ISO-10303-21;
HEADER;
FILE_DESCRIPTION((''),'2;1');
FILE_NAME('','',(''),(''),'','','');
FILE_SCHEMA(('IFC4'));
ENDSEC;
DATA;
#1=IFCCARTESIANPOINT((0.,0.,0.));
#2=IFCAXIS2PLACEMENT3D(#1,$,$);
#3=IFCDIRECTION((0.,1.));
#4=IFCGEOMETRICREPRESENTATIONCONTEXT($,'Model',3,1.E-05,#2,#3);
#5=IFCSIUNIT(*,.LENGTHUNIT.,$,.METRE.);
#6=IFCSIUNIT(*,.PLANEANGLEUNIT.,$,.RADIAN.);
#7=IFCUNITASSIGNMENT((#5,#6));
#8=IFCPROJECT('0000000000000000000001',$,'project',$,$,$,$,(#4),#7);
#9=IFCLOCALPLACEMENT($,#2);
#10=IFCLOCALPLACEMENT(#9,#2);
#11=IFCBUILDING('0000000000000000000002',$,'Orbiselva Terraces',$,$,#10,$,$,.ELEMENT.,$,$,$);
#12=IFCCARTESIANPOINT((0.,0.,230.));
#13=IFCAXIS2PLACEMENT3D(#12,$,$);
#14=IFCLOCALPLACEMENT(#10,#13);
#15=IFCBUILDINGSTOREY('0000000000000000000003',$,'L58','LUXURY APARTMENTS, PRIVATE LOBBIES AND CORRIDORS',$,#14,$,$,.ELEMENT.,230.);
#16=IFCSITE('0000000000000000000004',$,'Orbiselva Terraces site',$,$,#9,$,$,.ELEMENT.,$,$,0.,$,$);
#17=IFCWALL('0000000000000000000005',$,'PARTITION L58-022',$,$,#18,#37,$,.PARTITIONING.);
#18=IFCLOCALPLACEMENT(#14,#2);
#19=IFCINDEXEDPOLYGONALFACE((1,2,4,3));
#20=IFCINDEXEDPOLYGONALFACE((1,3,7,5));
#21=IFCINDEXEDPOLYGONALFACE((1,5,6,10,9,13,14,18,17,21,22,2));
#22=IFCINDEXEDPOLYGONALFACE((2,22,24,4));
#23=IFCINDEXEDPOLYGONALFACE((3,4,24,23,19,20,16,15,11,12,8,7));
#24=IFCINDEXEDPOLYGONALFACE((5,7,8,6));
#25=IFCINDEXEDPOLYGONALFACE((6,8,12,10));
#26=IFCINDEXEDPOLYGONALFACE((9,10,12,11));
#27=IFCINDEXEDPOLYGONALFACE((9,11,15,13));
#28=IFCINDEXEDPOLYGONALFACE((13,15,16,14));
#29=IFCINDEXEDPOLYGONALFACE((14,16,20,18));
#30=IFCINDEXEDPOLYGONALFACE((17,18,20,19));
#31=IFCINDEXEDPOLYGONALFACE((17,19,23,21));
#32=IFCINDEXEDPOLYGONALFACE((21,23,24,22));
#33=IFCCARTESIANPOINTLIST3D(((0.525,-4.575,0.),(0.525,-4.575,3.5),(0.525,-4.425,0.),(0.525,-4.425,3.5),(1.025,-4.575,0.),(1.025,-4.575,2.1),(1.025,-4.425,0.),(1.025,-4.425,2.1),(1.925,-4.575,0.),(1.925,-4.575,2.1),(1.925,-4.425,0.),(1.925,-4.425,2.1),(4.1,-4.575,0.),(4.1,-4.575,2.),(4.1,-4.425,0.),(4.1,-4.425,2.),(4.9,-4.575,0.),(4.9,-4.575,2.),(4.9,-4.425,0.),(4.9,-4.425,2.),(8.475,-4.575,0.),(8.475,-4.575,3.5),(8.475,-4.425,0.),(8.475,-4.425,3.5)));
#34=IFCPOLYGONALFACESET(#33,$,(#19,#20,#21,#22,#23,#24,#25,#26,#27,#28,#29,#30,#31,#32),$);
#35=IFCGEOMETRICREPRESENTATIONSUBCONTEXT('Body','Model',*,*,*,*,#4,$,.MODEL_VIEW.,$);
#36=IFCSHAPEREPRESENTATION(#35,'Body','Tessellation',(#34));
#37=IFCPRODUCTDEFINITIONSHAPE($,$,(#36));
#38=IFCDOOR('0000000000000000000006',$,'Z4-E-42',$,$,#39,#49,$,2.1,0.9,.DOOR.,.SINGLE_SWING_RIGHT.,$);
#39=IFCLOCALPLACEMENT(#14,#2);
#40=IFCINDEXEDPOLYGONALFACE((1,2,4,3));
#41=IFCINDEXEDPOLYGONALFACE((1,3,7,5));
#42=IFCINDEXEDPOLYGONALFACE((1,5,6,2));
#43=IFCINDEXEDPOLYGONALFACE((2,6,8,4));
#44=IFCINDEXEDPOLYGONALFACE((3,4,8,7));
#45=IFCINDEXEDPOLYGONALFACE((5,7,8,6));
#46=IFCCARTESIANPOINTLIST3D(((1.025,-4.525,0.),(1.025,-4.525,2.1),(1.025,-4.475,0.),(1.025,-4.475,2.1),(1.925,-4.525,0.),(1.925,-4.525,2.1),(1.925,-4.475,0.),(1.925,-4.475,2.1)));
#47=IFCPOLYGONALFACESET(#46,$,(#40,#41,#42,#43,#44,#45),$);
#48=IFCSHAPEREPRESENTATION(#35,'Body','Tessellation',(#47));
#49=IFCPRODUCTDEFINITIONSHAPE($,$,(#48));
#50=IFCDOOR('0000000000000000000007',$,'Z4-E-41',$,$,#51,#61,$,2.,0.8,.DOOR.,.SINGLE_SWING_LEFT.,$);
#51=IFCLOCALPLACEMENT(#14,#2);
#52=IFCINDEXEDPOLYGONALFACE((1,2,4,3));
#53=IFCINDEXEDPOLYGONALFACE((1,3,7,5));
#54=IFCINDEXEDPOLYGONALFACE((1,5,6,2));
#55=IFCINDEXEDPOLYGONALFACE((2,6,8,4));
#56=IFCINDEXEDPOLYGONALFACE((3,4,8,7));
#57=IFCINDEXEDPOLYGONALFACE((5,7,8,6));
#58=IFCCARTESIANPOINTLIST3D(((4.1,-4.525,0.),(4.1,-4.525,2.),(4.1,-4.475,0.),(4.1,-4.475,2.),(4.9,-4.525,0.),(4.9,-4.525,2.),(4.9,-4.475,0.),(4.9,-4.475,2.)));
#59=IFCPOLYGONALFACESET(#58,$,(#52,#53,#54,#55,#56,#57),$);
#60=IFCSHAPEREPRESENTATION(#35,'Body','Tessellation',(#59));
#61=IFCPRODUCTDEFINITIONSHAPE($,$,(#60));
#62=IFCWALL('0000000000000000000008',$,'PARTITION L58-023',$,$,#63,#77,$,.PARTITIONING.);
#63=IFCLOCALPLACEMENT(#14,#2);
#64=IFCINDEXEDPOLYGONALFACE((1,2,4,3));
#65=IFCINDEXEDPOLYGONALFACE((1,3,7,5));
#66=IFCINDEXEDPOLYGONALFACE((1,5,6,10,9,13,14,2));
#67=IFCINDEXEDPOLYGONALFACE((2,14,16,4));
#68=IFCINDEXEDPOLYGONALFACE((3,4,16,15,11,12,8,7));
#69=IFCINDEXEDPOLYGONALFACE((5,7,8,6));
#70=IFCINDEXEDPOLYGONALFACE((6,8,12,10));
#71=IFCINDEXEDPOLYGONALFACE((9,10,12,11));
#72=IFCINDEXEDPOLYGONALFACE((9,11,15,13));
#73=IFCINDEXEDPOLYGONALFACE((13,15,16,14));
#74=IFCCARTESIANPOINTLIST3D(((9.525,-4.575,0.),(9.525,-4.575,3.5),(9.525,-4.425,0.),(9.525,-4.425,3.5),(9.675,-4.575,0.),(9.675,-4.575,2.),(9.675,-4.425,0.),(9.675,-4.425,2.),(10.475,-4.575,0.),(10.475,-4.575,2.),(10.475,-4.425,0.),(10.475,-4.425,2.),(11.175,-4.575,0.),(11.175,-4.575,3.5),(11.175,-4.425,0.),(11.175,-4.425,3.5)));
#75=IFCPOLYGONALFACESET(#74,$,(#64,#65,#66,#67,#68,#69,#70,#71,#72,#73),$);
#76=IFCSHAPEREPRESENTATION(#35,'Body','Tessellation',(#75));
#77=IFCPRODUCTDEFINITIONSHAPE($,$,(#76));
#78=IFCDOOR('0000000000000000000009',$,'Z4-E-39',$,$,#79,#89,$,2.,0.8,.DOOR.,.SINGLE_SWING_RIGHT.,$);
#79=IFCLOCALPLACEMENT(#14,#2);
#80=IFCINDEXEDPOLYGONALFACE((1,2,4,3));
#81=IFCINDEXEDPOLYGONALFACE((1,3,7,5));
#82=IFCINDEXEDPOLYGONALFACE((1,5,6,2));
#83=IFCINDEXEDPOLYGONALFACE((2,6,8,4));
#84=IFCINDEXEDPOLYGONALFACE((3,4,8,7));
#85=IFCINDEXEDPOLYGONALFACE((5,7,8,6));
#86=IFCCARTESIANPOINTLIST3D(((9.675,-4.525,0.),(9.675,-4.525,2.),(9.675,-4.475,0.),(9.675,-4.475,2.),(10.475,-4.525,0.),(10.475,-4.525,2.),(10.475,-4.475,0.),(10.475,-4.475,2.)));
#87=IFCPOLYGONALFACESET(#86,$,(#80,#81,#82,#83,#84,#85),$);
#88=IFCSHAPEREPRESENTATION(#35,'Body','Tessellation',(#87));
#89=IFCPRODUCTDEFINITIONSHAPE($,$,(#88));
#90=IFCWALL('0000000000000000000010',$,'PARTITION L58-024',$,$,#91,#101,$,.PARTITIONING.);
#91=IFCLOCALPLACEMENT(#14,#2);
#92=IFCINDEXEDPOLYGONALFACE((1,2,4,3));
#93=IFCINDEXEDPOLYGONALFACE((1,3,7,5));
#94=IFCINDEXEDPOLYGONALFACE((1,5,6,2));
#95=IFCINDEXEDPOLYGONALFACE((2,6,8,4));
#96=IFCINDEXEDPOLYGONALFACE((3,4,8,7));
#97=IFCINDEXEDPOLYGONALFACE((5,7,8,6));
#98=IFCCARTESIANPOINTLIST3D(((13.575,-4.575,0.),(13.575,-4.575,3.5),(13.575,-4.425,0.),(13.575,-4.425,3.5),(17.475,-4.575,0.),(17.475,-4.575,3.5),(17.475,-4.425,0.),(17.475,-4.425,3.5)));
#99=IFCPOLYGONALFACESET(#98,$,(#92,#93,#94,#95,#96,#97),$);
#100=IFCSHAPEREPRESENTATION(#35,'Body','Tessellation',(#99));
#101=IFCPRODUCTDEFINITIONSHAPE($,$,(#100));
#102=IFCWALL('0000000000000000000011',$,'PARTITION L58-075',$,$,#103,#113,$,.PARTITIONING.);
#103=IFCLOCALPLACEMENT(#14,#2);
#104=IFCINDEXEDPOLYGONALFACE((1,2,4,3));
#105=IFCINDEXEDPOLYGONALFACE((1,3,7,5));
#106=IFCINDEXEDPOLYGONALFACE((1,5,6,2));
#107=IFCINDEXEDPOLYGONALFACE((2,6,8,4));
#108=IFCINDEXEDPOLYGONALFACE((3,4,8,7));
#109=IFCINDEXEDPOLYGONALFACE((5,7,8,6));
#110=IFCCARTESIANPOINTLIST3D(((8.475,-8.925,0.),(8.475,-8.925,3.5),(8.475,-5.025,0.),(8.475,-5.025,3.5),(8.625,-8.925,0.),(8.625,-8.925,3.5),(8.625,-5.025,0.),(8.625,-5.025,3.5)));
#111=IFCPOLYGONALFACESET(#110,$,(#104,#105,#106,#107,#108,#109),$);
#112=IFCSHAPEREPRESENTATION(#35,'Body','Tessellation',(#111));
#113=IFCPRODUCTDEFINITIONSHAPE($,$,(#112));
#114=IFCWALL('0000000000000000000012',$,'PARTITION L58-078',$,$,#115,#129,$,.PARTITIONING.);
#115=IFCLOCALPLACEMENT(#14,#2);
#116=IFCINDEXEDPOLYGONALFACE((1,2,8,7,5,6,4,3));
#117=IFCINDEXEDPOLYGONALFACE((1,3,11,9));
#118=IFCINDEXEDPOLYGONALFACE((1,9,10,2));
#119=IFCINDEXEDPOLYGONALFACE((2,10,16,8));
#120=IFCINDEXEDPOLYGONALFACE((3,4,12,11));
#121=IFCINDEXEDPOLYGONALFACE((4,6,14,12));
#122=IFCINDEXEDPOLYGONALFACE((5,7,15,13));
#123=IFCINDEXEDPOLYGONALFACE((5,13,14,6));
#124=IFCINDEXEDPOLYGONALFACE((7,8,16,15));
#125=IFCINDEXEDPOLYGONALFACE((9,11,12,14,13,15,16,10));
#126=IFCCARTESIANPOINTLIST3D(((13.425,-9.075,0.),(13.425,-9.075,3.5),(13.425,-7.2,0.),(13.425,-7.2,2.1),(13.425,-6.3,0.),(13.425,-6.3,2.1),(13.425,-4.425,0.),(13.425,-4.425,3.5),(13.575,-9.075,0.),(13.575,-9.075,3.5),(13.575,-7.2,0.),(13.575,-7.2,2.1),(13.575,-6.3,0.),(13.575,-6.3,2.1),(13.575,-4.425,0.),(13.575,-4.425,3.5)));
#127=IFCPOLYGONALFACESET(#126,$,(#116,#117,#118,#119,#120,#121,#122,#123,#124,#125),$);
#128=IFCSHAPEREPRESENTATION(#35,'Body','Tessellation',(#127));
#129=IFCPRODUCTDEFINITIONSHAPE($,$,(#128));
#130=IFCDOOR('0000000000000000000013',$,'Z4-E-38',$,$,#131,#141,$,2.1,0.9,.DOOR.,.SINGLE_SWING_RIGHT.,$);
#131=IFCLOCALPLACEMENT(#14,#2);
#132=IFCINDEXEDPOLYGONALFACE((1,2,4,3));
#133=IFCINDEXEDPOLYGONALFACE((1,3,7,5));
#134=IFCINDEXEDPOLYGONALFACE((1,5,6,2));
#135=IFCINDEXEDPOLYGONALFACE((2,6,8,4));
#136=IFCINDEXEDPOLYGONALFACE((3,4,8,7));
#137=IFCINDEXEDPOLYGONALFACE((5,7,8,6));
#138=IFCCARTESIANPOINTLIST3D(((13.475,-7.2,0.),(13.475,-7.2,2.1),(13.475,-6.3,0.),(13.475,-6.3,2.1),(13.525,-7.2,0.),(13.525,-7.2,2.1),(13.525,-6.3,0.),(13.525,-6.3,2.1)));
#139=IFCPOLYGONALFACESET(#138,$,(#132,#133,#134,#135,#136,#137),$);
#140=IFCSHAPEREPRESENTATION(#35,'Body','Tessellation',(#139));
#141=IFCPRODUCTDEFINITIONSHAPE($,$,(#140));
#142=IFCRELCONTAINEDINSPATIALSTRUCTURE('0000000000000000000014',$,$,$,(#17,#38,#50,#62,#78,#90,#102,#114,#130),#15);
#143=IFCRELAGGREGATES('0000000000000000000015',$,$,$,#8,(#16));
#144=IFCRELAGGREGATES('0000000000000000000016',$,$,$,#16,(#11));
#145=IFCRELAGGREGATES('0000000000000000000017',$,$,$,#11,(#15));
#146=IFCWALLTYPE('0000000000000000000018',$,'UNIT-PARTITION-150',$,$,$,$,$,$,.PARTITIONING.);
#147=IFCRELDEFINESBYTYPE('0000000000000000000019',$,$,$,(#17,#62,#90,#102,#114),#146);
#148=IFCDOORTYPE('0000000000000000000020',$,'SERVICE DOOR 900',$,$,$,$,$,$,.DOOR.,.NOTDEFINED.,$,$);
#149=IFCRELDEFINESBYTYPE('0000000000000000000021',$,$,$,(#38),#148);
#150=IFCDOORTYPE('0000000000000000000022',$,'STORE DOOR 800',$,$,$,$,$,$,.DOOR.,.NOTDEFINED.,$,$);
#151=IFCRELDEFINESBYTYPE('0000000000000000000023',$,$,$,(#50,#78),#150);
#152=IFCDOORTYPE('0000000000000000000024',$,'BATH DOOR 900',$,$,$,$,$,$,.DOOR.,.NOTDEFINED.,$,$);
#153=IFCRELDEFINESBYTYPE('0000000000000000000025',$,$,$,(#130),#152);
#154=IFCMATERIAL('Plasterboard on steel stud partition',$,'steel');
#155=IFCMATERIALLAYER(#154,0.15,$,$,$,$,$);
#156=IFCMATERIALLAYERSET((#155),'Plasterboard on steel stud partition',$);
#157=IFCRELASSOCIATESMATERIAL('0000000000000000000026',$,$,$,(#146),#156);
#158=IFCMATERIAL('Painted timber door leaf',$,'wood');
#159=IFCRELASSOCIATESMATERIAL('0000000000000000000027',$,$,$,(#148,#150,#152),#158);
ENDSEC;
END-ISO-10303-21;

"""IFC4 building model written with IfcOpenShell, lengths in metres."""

from ifc_helpers import new_model, si_unit, direction, frame, frame_2d, origin, place, context, subcontext, project, spatial, rectangle, extrude, material, layer, layer_set, type_object, element, fill, save


model = new_model("IFC4")

# Units and contexts
model_context = context("Model", 3, precision=1e-05, world=origin(), true_north=direction((0.0, 1.0)))
body_context = subcontext(model_context, "Body", "Model", "MODEL_VIEW")
ifc_project = project(units=[si_unit("LENGTHUNIT", "METRE"), si_unit("PLANEANGLEUNIT", "RADIAN")], contexts=[model_context])

# Site, building, storey
site_placement = place(None, origin())
site = spatial("IfcSite", under=ifc_project, at=site_placement, Name="Orbiselva Terraces site", CompositionType="ELEMENT", RefElevation=0.0)
building_placement = place(site_placement, origin())
building = spatial("IfcBuilding", under=site, at=building_placement, Name="Orbiselva Terraces", CompositionType="ELEMENT")
storey_placement = place(building_placement, frame((0.0, 0.0, 230.0)))
storey = spatial("IfcBuildingStorey", under=building, at=storey_placement, Name="L58", Description="LUXURY APARTMENTS, PRIVATE LOBBIES AND CORRIDORS", CompositionType="ELEMENT", Elevation=230.0)

# Shared definitions
ifc_material_1 = material(Name="Plasterboard on steel stud partition", Category="steel")

# Wall, openings, doors
ifc_layer_1 = layer(ifc_material_1, 0.15)
ifc_layer_set_1 = layer_set([ifc_layer_1], Name="Plasterboard on steel stud partition")
wall_type_1 = type_object("IfcWallType", Name="UNIT-PARTITION-150", PredefinedType="PARTITIONING", material=ifc_layer_set_1)
wall_1_placement = place(storey_placement, frame((8.475, -4.5, 0.0), z_axis=(0.0, 0.0, 1.0), x_axis=(-1.0, 0.0, 0.0)))
wall_1 = element("IfcWall", 1, at=wall_1_placement, inside=storey, type_object=wall_type_1, Name="PARTITION L58-022", PredefinedType="PARTITIONING", context=body_context, shape_type="SweptSolid", body=[
    extrude(rectangle(XDim=7.95, YDim=0.15, at=frame_2d((3.975, 0.0))), origin(), (0.0, 0.0, 1.0), 3.5),
])
opening_1_placement = place(wall_1_placement, frame((3.575, 0.0, 0.0)))
opening_1 = element("IfcOpeningElement", 2, at=opening_1_placement, cuts=wall_1, PredefinedType="OPENING", context=body_context, shape_type="SweptSolid", body=[
    extrude(rectangle(XDim=0.8, YDim=2.0, at=frame_2d((0.4, 1.0))), frame((0.0, 0.085, 0.0), z_axis=(0.0, -1.0, 0.0), x_axis=(1.0, 0.0, 0.0)), (0.0, 0.0, 1.0), 0.17),
])
opening_2_placement = place(wall_1_placement, frame((6.55, 0.0, 0.0)))
opening_2 = element("IfcOpeningElement", 3, at=opening_2_placement, cuts=wall_1, PredefinedType="OPENING", context=body_context, shape_type="SweptSolid", body=[
    extrude(rectangle(XDim=0.9, YDim=2.1, at=frame_2d((0.45, 1.05))), frame((0.0, 0.085, 0.0), z_axis=(0.0, -1.0, 0.0), x_axis=(1.0, 0.0, 0.0)), (0.0, 0.0, 1.0), 0.17),
])
ifc_material_2 = material(Name="Painted timber door leaf", Category="wood")
door_type_1 = type_object("IfcDoorType", Name="SERVICE DOOR 900", OperationType="NOTDEFINED", PredefinedType="DOOR", material=ifc_material_2)
door_1_placement = place(opening_2_placement, origin())
door_1 = element("IfcDoor", 4, at=door_1_placement, inside=storey, type_object=door_type_1, Name="Z4-E-42", OperationType="SINGLE_SWING_RIGHT", OverallHeight=2.1, OverallWidth=0.9, PredefinedType="DOOR", context=body_context, shape_type="SweptSolid", body=[
    extrude(rectangle(XDim=0.9, YDim=2.1, at=frame_2d((0.45, 1.05))), frame((0.0, 0.025, 0.0), z_axis=(0.0, -1.0, 0.0), x_axis=(1.0, 0.0, 0.0)), (0.0, 0.0, 1.0), 0.05),
])
fill(opening_2, door_1)
door_type_2 = type_object("IfcDoorType", Name="STORE DOOR 800", OperationType="NOTDEFINED", PredefinedType="DOOR", material=ifc_material_2)
door_2_placement = place(opening_1_placement, origin())
door_2 = element("IfcDoor", 5, at=door_2_placement, inside=storey, type_object=door_type_2, Name="Z4-E-41", OperationType="SINGLE_SWING_LEFT", OverallHeight=2.0, OverallWidth=0.8, PredefinedType="DOOR", context=body_context, shape_type="SweptSolid", body=[
    extrude(rectangle(XDim=0.8, YDim=2.0, at=frame_2d((0.4, 1.0))), frame((0.0, 0.025, 0.0), z_axis=(0.0, -1.0, 0.0), x_axis=(1.0, 0.0, 0.0)), (0.0, 0.0, 1.0), 0.05),
])
fill(opening_1, door_2)

# Wall, opening, door
wall_2_placement = place(storey_placement, frame((11.175, -4.5, 0.0), z_axis=(0.0, 0.0, 1.0), x_axis=(-1.0, 0.0, 0.0)))
wall_2 = element("IfcWall", 6, at=wall_2_placement, inside=storey, type_object=wall_type_1, Name="PARTITION L58-023", PredefinedType="PARTITIONING", context=body_context, shape_type="SweptSolid", body=[
    extrude(rectangle(XDim=1.65, YDim=0.15, at=frame_2d((0.825, 0.0))), origin(), (0.0, 0.0, 1.0), 3.5),
])
opening_3_placement = place(wall_2_placement, frame((0.7, 0.0, 0.0)))
opening_3 = element("IfcOpeningElement", 7, at=opening_3_placement, cuts=wall_2, PredefinedType="OPENING", context=body_context, shape_type="SweptSolid", body=[
    extrude(rectangle(XDim=0.8, YDim=2.0, at=frame_2d((0.4, 1.0))), frame((0.0, 0.085, 0.0), z_axis=(0.0, -1.0, 0.0), x_axis=(1.0, 0.0, 0.0)), (0.0, 0.0, 1.0), 0.17),
])
door_3_placement = place(opening_3_placement, origin())
door_3 = element("IfcDoor", 8, at=door_3_placement, inside=storey, type_object=door_type_2, Name="Z4-E-39", OperationType="SINGLE_SWING_RIGHT", OverallHeight=2.0, OverallWidth=0.8, PredefinedType="DOOR", context=body_context, shape_type="SweptSolid", body=[
    extrude(rectangle(XDim=0.8, YDim=2.0, at=frame_2d((0.4, 1.0))), frame((0.0, 0.025, 0.0), z_axis=(0.0, -1.0, 0.0), x_axis=(1.0, 0.0, 0.0)), (0.0, 0.0, 1.0), 0.05),
])
fill(opening_3, door_3)

# Walls
for number, where, z_axis, x_axis, name in (
    (9, (13.575, -4.5, 0.0), (0.0, 0.0, 1.0), (1.0, 0.0, 0.0), "PARTITION L58-024"),
    (10, (8.55, -8.925, 0.0), (0.0, 0.0, 1.0), (0.0, 1.0, 0.0), "PARTITION L58-075"),
):
    element("IfcWall", number, at=place(storey_placement, frame(where, z_axis=z_axis, x_axis=x_axis)), inside=storey, type_object=wall_type_1, Name=name, PredefinedType="PARTITIONING", context=body_context, shape_type="SweptSolid", body=[
        extrude(rectangle(XDim=3.9, YDim=0.15, at=frame_2d((1.95, 0.0))), origin(), (0.0, 0.0, 1.0), 3.5),
    ])

# Wall, opening, door
wall_3_placement = place(storey_placement, frame((13.5, -4.425, 0.0), z_axis=(0.0, 0.0, 1.0), x_axis=(0.0, -1.0, 0.0)))
wall_3 = element("IfcWall", 11, at=wall_3_placement, inside=storey, type_object=wall_type_1, Name="PARTITION L58-078", PredefinedType="PARTITIONING", context=body_context, shape_type="SweptSolid", body=[
    extrude(rectangle(XDim=4.65, YDim=0.15, at=frame_2d((2.325, 0.0))), origin(), (0.0, 0.0, 1.0), 3.5),
])
opening_4_placement = place(wall_3_placement, frame((1.875, 0.0, 0.0)))
opening_4 = element("IfcOpeningElement", 12, at=opening_4_placement, cuts=wall_3, PredefinedType="OPENING", context=body_context, shape_type="SweptSolid", body=[
    extrude(rectangle(XDim=0.9, YDim=2.1, at=frame_2d((0.45, 1.05))), frame((0.0, 0.085, 0.0), z_axis=(0.0, -1.0, 0.0), x_axis=(1.0, 0.0, 0.0)), (0.0, 0.0, 1.0), 0.17),
])
door_type_3 = type_object("IfcDoorType", Name="BATH DOOR 900", OperationType="NOTDEFINED", PredefinedType="DOOR", material=ifc_material_2)
door_4_placement = place(opening_4_placement, origin())
door_4 = element("IfcDoor", 13, at=door_4_placement, inside=storey, type_object=door_type_3, Name="Z4-E-38", OperationType="SINGLE_SWING_RIGHT", OverallHeight=2.1, OverallWidth=0.9, PredefinedType="DOOR", context=body_context, shape_type="SweptSolid", body=[
    extrude(rectangle(XDim=0.9, YDim=2.1, at=frame_2d((0.45, 1.05))), frame((0.0, 0.025, 0.0), z_axis=(0.0, -1.0, 0.0), x_axis=(1.0, 0.0, 0.0)), (0.0, 0.0, 1.0), 0.05),
])
fill(opening_4, door_4)

save(model, "model.ifc")
